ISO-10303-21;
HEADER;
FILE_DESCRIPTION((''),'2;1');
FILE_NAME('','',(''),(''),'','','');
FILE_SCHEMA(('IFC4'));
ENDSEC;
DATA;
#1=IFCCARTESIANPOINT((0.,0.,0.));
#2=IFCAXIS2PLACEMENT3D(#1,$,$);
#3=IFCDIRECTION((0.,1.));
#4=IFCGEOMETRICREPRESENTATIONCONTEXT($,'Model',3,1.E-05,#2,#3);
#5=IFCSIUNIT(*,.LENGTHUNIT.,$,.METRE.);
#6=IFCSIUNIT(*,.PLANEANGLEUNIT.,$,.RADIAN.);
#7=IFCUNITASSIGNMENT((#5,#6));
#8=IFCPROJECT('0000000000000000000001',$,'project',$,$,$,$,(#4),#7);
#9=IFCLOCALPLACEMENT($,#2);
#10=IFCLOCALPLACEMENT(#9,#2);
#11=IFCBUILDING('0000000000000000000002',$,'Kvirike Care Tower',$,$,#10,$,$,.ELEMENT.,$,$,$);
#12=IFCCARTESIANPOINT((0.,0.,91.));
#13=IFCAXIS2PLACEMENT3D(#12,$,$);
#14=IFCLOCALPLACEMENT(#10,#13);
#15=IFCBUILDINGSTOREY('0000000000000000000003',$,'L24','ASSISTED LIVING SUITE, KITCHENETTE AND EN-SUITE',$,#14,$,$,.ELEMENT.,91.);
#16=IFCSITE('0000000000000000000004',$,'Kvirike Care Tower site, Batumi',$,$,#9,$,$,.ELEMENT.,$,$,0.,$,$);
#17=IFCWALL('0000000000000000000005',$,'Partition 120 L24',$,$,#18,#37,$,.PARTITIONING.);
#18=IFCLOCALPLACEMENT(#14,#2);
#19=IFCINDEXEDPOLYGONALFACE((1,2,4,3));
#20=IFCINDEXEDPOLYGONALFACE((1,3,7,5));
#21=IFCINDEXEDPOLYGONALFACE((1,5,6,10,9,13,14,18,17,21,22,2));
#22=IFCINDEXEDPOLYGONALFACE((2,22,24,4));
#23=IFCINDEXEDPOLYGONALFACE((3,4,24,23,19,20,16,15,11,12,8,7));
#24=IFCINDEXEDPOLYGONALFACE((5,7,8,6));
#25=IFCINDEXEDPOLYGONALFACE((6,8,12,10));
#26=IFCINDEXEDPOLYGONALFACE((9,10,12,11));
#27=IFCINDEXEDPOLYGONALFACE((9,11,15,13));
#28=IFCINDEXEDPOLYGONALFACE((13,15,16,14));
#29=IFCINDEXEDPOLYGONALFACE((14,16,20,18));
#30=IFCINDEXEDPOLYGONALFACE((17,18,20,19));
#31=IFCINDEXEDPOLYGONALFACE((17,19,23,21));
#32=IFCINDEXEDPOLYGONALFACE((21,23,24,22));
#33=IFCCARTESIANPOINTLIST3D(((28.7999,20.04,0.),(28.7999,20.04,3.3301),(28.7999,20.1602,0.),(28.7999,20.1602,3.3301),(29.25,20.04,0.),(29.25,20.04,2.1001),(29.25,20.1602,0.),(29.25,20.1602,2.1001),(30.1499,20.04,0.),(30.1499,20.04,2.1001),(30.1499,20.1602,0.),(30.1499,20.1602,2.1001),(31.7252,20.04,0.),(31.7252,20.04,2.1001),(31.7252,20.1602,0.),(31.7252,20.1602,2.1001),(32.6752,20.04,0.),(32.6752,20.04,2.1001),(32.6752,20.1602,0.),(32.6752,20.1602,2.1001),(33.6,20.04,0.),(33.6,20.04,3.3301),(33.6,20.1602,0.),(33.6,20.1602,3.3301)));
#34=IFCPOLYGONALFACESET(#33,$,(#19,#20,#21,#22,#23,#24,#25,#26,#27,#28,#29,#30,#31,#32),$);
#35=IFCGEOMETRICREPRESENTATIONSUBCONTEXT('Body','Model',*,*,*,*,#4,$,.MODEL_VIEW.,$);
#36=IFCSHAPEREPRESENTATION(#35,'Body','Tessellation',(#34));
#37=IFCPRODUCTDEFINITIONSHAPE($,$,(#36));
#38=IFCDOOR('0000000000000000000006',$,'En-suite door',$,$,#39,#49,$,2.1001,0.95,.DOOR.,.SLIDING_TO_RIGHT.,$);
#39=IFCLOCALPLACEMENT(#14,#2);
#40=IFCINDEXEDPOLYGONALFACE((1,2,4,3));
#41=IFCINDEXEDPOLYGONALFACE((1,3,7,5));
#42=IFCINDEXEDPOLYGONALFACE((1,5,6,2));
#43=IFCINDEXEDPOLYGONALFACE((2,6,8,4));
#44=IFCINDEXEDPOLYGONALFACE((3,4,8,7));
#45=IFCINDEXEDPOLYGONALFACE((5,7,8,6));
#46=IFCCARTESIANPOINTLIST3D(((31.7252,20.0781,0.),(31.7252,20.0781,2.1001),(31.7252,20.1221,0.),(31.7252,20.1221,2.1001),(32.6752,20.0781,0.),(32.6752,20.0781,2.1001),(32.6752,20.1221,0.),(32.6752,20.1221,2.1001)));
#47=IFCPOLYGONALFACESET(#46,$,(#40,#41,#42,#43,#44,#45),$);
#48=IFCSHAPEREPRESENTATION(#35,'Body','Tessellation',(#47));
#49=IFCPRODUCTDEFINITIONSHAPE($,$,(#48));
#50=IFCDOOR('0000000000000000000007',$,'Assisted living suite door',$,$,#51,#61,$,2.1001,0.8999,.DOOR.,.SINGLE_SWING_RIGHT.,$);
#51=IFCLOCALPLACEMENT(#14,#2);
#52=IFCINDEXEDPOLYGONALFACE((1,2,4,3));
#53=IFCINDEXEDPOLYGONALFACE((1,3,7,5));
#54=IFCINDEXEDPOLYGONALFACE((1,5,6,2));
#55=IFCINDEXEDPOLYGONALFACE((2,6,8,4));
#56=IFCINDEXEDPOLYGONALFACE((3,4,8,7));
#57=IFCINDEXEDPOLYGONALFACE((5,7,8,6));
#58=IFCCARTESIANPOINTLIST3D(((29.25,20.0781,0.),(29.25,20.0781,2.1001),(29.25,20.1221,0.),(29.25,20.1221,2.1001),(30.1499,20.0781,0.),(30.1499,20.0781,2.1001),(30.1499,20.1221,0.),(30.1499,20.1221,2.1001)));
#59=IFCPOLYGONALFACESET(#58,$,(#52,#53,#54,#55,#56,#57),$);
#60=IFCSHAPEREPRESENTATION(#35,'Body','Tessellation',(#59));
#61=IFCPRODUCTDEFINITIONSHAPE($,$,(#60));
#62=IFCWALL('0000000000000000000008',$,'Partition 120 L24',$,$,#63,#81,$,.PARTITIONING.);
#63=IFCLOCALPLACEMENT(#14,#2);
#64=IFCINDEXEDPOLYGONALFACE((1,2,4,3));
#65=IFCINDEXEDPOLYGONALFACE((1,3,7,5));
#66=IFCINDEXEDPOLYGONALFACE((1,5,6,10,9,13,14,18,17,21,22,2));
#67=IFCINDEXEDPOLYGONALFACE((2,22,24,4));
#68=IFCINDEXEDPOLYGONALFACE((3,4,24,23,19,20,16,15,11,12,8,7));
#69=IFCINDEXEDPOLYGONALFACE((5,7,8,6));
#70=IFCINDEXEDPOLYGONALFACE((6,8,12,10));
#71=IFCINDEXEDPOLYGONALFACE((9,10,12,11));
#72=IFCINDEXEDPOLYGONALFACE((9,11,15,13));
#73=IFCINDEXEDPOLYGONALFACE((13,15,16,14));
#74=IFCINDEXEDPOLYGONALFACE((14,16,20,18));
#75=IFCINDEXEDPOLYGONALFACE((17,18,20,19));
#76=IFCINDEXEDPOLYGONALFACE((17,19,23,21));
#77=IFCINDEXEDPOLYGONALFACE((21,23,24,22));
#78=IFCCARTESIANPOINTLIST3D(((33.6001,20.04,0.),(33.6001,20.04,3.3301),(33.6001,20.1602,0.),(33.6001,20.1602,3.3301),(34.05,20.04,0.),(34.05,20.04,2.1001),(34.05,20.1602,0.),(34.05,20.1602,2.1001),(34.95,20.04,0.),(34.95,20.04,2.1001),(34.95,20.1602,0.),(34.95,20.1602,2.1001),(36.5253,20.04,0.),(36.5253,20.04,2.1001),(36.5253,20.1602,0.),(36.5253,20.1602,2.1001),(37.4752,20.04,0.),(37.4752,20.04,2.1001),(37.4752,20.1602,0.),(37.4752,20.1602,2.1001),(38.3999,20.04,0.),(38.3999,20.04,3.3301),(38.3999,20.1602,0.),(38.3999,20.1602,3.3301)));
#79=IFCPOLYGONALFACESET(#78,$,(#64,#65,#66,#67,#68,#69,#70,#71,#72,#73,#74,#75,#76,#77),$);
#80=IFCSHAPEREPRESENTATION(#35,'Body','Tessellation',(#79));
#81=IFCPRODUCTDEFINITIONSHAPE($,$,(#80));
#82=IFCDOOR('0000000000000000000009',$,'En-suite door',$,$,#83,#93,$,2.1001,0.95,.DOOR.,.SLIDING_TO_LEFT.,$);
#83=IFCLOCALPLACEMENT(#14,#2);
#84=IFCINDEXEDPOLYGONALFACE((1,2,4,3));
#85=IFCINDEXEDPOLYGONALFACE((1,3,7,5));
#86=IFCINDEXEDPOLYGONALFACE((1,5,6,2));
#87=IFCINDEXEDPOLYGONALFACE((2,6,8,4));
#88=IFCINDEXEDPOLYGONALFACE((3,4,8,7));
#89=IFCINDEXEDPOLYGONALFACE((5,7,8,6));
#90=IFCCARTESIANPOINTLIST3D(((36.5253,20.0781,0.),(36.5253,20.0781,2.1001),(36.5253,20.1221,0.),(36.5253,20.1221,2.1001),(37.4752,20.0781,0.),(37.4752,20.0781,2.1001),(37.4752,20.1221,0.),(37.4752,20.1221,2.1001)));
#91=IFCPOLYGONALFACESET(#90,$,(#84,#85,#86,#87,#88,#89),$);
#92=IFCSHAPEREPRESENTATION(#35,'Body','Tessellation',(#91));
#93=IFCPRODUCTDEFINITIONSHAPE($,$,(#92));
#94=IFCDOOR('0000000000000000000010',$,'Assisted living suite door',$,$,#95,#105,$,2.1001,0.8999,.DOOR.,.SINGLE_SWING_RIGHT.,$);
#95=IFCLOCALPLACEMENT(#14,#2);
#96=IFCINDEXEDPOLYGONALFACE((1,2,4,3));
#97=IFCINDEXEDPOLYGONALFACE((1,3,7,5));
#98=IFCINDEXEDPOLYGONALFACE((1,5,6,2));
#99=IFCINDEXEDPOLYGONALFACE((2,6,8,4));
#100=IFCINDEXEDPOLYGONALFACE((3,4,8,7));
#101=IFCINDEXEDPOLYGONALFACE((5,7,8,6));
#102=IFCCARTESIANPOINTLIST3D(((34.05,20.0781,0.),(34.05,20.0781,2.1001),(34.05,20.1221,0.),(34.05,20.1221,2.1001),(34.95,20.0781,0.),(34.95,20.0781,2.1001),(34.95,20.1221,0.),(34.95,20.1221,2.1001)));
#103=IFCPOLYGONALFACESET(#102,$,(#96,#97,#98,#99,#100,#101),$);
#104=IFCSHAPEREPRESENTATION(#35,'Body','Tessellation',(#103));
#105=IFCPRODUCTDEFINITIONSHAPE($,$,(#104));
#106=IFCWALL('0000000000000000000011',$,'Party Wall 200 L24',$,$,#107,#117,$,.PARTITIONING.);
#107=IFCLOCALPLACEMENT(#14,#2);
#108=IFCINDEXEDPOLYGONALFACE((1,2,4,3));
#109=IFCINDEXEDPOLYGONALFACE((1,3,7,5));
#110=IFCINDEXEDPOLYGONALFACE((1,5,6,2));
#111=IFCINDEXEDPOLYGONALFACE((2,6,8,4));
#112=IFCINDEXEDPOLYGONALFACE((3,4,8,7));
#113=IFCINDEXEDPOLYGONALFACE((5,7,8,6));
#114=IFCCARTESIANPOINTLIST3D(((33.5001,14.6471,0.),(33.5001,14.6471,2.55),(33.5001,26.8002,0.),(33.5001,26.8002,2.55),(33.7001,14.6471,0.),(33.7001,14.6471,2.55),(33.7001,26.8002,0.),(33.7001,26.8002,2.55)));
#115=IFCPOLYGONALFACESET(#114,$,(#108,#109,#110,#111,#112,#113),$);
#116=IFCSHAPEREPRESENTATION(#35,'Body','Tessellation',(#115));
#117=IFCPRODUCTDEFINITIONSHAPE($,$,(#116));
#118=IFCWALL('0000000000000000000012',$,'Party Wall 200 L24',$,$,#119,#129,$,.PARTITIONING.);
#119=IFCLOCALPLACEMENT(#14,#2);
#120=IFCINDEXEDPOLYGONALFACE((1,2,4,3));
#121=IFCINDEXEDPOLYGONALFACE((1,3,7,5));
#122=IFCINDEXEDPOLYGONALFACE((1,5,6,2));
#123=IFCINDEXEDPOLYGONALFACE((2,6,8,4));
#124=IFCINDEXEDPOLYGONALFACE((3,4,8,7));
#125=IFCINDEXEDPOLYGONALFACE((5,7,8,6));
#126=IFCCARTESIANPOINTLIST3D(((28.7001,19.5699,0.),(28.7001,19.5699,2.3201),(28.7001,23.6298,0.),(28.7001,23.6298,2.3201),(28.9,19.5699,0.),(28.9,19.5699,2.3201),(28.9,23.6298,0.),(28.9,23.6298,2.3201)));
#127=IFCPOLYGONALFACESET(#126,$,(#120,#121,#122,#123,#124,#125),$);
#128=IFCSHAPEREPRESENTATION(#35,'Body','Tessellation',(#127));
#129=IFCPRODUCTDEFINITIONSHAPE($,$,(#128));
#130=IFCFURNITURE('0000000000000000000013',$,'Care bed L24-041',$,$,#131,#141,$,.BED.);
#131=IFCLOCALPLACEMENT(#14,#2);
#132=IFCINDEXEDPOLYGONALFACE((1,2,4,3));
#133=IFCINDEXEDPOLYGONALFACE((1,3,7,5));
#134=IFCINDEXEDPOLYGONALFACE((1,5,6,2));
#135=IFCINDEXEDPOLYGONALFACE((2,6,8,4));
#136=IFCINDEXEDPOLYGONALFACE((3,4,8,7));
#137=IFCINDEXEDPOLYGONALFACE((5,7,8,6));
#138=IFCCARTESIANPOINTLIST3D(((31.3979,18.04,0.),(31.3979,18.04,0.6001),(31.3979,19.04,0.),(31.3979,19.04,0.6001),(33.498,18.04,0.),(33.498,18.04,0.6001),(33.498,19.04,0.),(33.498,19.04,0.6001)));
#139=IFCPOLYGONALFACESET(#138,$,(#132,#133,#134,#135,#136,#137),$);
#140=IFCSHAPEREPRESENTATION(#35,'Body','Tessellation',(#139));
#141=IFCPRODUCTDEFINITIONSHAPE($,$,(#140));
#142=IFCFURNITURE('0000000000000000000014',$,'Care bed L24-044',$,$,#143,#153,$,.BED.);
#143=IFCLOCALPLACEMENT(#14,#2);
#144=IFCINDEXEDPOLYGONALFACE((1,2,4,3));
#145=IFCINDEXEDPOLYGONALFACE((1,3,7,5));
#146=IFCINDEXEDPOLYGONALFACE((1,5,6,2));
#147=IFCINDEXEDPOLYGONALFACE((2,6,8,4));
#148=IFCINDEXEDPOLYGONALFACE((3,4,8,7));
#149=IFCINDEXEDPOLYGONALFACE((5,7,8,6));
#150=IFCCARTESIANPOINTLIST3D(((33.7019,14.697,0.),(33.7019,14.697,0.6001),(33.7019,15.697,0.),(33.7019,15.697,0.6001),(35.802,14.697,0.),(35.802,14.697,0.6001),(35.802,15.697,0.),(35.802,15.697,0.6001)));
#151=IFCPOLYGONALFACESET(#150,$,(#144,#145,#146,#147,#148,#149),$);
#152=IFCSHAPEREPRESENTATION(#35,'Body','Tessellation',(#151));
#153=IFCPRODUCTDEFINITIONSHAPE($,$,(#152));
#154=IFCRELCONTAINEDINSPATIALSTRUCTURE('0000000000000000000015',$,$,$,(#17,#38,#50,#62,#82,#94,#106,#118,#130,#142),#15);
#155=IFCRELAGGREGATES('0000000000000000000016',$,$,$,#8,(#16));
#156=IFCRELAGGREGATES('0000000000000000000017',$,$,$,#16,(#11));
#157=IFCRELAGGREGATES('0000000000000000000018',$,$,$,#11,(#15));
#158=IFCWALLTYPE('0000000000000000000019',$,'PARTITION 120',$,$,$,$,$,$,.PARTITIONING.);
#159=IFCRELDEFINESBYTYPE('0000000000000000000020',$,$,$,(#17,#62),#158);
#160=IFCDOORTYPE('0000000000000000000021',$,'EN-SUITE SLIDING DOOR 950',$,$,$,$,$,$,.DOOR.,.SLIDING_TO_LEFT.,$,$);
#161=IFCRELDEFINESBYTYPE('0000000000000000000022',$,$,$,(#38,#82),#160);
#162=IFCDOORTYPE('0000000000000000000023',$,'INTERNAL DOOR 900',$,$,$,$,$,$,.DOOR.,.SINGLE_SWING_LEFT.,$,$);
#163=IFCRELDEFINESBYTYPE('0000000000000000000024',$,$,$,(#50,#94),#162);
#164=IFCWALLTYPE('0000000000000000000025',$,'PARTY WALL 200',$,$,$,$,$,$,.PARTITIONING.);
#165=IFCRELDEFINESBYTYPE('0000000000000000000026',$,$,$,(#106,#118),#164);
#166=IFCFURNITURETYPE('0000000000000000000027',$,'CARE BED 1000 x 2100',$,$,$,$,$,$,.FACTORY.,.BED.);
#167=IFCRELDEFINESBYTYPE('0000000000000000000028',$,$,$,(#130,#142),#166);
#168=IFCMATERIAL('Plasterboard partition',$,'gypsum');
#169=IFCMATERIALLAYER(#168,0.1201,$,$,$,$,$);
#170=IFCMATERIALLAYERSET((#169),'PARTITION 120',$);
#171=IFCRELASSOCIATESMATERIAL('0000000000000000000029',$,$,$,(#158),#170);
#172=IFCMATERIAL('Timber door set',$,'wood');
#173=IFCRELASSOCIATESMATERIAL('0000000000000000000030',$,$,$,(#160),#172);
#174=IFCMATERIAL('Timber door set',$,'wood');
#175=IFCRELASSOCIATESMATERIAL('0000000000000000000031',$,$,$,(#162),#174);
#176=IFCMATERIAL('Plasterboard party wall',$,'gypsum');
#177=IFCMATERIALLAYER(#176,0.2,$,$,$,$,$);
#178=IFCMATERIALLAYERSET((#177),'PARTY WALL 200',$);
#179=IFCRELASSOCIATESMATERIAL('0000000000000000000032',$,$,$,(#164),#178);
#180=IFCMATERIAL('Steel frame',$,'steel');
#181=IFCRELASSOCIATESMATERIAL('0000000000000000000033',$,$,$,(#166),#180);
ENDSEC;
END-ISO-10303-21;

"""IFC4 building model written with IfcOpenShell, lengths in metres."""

from ifc_helpers import new_model, si_unit, direction, frame, frame_2d, origin, origin_2d, place, context, subcontext, project, spatial, rectangle, extrude, material, layer, layer_set, type_object, element, fill, save


model = new_model("IFC4")

# Units and contexts
model_context = context("Model", 3, precision=1e-05, world=origin(), true_north=direction((0.0, 1.0)))
body_context = subcontext(model_context, "Body", "Model", "MODEL_VIEW")
ifc_project = project(units=[si_unit("LENGTHUNIT", "METRE"), si_unit("PLANEANGLEUNIT", "RADIAN")], contexts=[model_context])

# Site, building, storey
site_placement = place(None, origin())
site = spatial("IfcSite", under=ifc_project, at=site_placement, Name="Kvirike Care Tower site, Batumi", CompositionType="ELEMENT", RefElevation=0.0)
building_placement = place(site_placement, origin())
building = spatial("IfcBuilding", under=site, at=building_placement, Name="Kvirike Care Tower", CompositionType="ELEMENT")
storey_placement = place(building_placement, frame((0.0, 0.0, 91.0)))
storey = spatial("IfcBuildingStorey", under=building, at=storey_placement, Name="L24", Description="ASSISTED LIVING SUITE, KITCHENETTE AND EN-SUITE", CompositionType="ELEMENT", Elevation=91.0)

# Walls, openings, doors
ifc_material_1 = material(Name="Plasterboard partition", Category="gypsum")
ifc_layer_1 = layer(ifc_material_1, 0.1201)
ifc_layer_set_1 = layer_set([ifc_layer_1], Name="PARTITION 120")
wall_type_1 = type_object("IfcWallType", Name="PARTITION 120", PredefinedType="PARTITIONING", material=ifc_layer_set_1)
wall_1_placement = place(storey_placement, frame((28.8, 20.1001, 0.0), z_axis=(0.0, 0.0, 1.0), x_axis=(1.0, 0.0, 0.0)))
wall_1 = element("IfcWall", 1, at=wall_1_placement, inside=storey, type_object=wall_type_1, Name="Partition 120 L24", PredefinedType="PARTITIONING", context=body_context, shape_type="SweptSolid", body=[
    extrude(rectangle(XDim=4.8, YDim=0.1201, at=frame_2d((2.3999, 0.0))), origin(), (0.0, 0.0, 1.0), 3.3301),
])
opening_1_placement = place(wall_1_placement, frame((0.45, 0.0, 0.0)))
opening_1 = element("IfcOpeningElement", 2, at=opening_1_placement, cuts=wall_1, PredefinedType="OPENING", context=body_context, shape_type="SweptSolid", body=[
    extrude(rectangle(XDim=0.8999, YDim=2.1001, at=frame_2d((0.45, 1.05))), frame((0.0, 0.0706, 0.0), z_axis=(0.0, -1.0, 0.0), x_axis=(1.0, 0.0, 0.0)), (0.0, 0.0, 1.0), 0.1411),
])
opening_2_placement = place(wall_1_placement, frame((2.925, 0.0, 0.0)))
opening_2 = element("IfcOpeningElement", 3, at=opening_2_placement, cuts=wall_1, PredefinedType="OPENING", context=body_context, shape_type="SweptSolid", body=[
    extrude(rectangle(XDim=0.95, YDim=2.1001, at=frame_2d((0.4751, 1.05))), frame((0.0, 0.0706, 0.0), z_axis=(0.0, -1.0, 0.0), x_axis=(1.0, 0.0, 0.0)), (0.0, 0.0, 1.0), 0.1411),
])
ifc_material_2 = material(Name="Timber door set", Category="wood")
door_type_1 = type_object("IfcDoorType", Name="EN-SUITE SLIDING DOOR 950", OperationType="SLIDING_TO_LEFT", PredefinedType="DOOR", material=ifc_material_2)
door_1_placement = place(opening_2_placement, origin())
door_1 = element("IfcDoor", 4, at=door_1_placement, inside=storey, type_object=door_type_1, Name="En-suite door", OperationType="SLIDING_TO_RIGHT", OverallHeight=2.1001, OverallWidth=0.95, PredefinedType="DOOR", context=body_context, shape_type="SweptSolid", body=[
    extrude(rectangle(XDim=0.95, YDim=2.1001, at=frame_2d((0.4751, 1.05))), frame((0.0, 0.022, 0.0), z_axis=(0.0, -1.0, 0.0), x_axis=(1.0, 0.0, 0.0)), (0.0, 0.0, 1.0), 0.0439),
])
fill(opening_2, door_1)
ifc_material_3 = material(Name="Timber door set", Category="wood")
door_type_2 = type_object("IfcDoorType", Name="INTERNAL DOOR 900", OperationType="SINGLE_SWING_LEFT", PredefinedType="DOOR", material=ifc_material_3)
door_2_placement = place(opening_1_placement, origin())
door_2 = element("IfcDoor", 5, at=door_2_placement, inside=storey, type_object=door_type_2, Name="Assisted living suite door", OperationType="SINGLE_SWING_RIGHT", OverallHeight=2.1001, OverallWidth=0.8999, PredefinedType="DOOR", context=body_context, shape_type="SweptSolid", body=[
    extrude(rectangle(XDim=0.8999, YDim=2.1001, at=frame_2d((0.45, 1.05))), frame((0.0, 0.022, 0.0), z_axis=(0.0, -1.0, 0.0), x_axis=(1.0, 0.0, 0.0)), (0.0, 0.0, 1.0), 0.0439),
])
fill(opening_1, door_2)
wall_2_placement = place(storey_placement, frame((33.6001, 20.1001, 0.0), z_axis=(0.0, 0.0, 1.0), x_axis=(1.0, 0.0, 0.0)))
wall_2 = element("IfcWall", 6, at=wall_2_placement, inside=storey, type_object=wall_type_1, Name="Partition 120 L24", PredefinedType="PARTITIONING", context=body_context, shape_type="SweptSolid", body=[
    extrude(rectangle(XDim=4.7998, YDim=0.1201, at=frame_2d((2.3999, 0.0))), origin(), (0.0, 0.0, 1.0), 3.3301),
])
opening_3_placement = place(wall_2_placement, frame((0.45, 0.0, 0.0)))
opening_3 = element("IfcOpeningElement", 7, at=opening_3_placement, cuts=wall_2, PredefinedType="OPENING", context=body_context, shape_type="SweptSolid", body=[
    extrude(rectangle(XDim=0.8999, YDim=2.1001, at=frame_2d((0.45, 1.05))), frame((0.0, 0.0706, 0.0), z_axis=(0.0, -1.0, 0.0), x_axis=(1.0, 0.0, 0.0)), (0.0, 0.0, 1.0), 0.1411),
])
opening_4_placement = place(wall_2_placement, frame((2.925, 0.0, 0.0)))
opening_4 = element("IfcOpeningElement", 8, at=opening_4_placement, cuts=wall_2, PredefinedType="OPENING", context=body_context, shape_type="SweptSolid", body=[
    extrude(rectangle(XDim=0.95, YDim=2.1001, at=frame_2d((0.4751, 1.05))), frame((0.0, 0.0706, 0.0), z_axis=(0.0, -1.0, 0.0), x_axis=(1.0, 0.0, 0.0)), (0.0, 0.0, 1.0), 0.1411),
])
door_3_placement = place(opening_4_placement, origin())
door_3 = element("IfcDoor", 9, at=door_3_placement, inside=storey, type_object=door_type_1, Name="En-suite door", OperationType="SLIDING_TO_LEFT", OverallHeight=2.1001, OverallWidth=0.95, PredefinedType="DOOR", context=body_context, shape_type="SweptSolid", body=[
    extrude(rectangle(XDim=0.95, YDim=2.1001, at=frame_2d((0.4751, 1.05))), frame((0.0, 0.022, 0.0), z_axis=(0.0, -1.0, 0.0), x_axis=(1.0, 0.0, 0.0)), (0.0, 0.0, 1.0), 0.0439),
])
fill(opening_4, door_3)
door_4_placement = place(opening_3_placement, origin())
door_4 = element("IfcDoor", 10, at=door_4_placement, inside=storey, type_object=door_type_2, Name="Assisted living suite door", OperationType="SINGLE_SWING_RIGHT", OverallHeight=2.1001, OverallWidth=0.8999, PredefinedType="DOOR", context=body_context, shape_type="SweptSolid", body=[
    extrude(rectangle(XDim=0.8999, YDim=2.1001, at=frame_2d((0.45, 1.05))), frame((0.0, 0.022, 0.0), z_axis=(0.0, -1.0, 0.0), x_axis=(1.0, 0.0, 0.0)), (0.0, 0.0, 1.0), 0.0439),
])
fill(opening_3, door_4)

# Walls
ifc_material_4 = material(Name="Plasterboard party wall", Category="gypsum")
ifc_layer_2 = layer(ifc_material_4, 0.2)
ifc_layer_set_2 = layer_set([ifc_layer_2], Name="PARTY WALL 200")
wall_type_2 = type_object("IfcWallType", Name="PARTY WALL 200", PredefinedType="PARTITIONING", material=ifc_layer_set_2)
wall_3_placement = place(storey_placement, frame((33.6001, 14.647, 0.0), z_axis=(0.0, 0.0, 1.0), x_axis=(0.0, 1.0, 0.0)))
element("IfcWall", 11, at=wall_3_placement, inside=storey, type_object=wall_type_2, Name="Party Wall 200 L24", PredefinedType="PARTITIONING", context=body_context, shape_type="SweptSolid", body=[
    extrude(rectangle(XDim=12.1531, YDim=0.2, at=frame_2d((6.0767, 0.0))), origin(), (0.0, 0.0, 1.0), 2.55),
])
wall_4_placement = place(storey_placement, frame((28.8, 19.5701, 0.0), z_axis=(0.0, 0.0, 1.0), x_axis=(0.0, 1.0, 0.0)))
element("IfcWall", 12, at=wall_4_placement, inside=storey, type_object=wall_type_2, Name="Party Wall 200 L24", PredefinedType="PARTITIONING", context=body_context, shape_type="SweptSolid", body=[
    extrude(rectangle(XDim=4.0598, YDim=0.2, at=frame_2d((2.0298, 0.0))), origin(), (0.0, 0.0, 1.0), 2.3201),
])

# Furniture
ifc_material_5 = material(Name="Steel frame", Category="steel")
furniture_type = type_object("IfcFurnitureType", Name="CARE BED 1000 x 2100", AssemblyPlace="FACTORY", PredefinedType="BED", material=ifc_material_5)
for number, where, z_axis, x_axis, name in (
    (13, (32.448, 18.54, 0.0), (0.0, 0.0, 1.0), (0.0, -1.0, 0.0), "Care bed L24-041"),
    (14, (34.752, 15.197, 0.0), (0.0, 0.0, 1.0), (0.0, 1.0, 0.0), "Care bed L24-044"),
):
    element("IfcFurniture", number, at=place(storey_placement, frame(where, z_axis=z_axis, x_axis=x_axis)), inside=storey, type_object=furniture_type, Name=name, PredefinedType="BED", context=body_context, shape_type="SweptSolid", body=[
        extrude(rectangle(XDim=1.0, YDim=2.1001, at=origin_2d()), origin(), (0.0, 0.0, 1.0), 0.6001),
    ])

save(model, "model.ifc")
